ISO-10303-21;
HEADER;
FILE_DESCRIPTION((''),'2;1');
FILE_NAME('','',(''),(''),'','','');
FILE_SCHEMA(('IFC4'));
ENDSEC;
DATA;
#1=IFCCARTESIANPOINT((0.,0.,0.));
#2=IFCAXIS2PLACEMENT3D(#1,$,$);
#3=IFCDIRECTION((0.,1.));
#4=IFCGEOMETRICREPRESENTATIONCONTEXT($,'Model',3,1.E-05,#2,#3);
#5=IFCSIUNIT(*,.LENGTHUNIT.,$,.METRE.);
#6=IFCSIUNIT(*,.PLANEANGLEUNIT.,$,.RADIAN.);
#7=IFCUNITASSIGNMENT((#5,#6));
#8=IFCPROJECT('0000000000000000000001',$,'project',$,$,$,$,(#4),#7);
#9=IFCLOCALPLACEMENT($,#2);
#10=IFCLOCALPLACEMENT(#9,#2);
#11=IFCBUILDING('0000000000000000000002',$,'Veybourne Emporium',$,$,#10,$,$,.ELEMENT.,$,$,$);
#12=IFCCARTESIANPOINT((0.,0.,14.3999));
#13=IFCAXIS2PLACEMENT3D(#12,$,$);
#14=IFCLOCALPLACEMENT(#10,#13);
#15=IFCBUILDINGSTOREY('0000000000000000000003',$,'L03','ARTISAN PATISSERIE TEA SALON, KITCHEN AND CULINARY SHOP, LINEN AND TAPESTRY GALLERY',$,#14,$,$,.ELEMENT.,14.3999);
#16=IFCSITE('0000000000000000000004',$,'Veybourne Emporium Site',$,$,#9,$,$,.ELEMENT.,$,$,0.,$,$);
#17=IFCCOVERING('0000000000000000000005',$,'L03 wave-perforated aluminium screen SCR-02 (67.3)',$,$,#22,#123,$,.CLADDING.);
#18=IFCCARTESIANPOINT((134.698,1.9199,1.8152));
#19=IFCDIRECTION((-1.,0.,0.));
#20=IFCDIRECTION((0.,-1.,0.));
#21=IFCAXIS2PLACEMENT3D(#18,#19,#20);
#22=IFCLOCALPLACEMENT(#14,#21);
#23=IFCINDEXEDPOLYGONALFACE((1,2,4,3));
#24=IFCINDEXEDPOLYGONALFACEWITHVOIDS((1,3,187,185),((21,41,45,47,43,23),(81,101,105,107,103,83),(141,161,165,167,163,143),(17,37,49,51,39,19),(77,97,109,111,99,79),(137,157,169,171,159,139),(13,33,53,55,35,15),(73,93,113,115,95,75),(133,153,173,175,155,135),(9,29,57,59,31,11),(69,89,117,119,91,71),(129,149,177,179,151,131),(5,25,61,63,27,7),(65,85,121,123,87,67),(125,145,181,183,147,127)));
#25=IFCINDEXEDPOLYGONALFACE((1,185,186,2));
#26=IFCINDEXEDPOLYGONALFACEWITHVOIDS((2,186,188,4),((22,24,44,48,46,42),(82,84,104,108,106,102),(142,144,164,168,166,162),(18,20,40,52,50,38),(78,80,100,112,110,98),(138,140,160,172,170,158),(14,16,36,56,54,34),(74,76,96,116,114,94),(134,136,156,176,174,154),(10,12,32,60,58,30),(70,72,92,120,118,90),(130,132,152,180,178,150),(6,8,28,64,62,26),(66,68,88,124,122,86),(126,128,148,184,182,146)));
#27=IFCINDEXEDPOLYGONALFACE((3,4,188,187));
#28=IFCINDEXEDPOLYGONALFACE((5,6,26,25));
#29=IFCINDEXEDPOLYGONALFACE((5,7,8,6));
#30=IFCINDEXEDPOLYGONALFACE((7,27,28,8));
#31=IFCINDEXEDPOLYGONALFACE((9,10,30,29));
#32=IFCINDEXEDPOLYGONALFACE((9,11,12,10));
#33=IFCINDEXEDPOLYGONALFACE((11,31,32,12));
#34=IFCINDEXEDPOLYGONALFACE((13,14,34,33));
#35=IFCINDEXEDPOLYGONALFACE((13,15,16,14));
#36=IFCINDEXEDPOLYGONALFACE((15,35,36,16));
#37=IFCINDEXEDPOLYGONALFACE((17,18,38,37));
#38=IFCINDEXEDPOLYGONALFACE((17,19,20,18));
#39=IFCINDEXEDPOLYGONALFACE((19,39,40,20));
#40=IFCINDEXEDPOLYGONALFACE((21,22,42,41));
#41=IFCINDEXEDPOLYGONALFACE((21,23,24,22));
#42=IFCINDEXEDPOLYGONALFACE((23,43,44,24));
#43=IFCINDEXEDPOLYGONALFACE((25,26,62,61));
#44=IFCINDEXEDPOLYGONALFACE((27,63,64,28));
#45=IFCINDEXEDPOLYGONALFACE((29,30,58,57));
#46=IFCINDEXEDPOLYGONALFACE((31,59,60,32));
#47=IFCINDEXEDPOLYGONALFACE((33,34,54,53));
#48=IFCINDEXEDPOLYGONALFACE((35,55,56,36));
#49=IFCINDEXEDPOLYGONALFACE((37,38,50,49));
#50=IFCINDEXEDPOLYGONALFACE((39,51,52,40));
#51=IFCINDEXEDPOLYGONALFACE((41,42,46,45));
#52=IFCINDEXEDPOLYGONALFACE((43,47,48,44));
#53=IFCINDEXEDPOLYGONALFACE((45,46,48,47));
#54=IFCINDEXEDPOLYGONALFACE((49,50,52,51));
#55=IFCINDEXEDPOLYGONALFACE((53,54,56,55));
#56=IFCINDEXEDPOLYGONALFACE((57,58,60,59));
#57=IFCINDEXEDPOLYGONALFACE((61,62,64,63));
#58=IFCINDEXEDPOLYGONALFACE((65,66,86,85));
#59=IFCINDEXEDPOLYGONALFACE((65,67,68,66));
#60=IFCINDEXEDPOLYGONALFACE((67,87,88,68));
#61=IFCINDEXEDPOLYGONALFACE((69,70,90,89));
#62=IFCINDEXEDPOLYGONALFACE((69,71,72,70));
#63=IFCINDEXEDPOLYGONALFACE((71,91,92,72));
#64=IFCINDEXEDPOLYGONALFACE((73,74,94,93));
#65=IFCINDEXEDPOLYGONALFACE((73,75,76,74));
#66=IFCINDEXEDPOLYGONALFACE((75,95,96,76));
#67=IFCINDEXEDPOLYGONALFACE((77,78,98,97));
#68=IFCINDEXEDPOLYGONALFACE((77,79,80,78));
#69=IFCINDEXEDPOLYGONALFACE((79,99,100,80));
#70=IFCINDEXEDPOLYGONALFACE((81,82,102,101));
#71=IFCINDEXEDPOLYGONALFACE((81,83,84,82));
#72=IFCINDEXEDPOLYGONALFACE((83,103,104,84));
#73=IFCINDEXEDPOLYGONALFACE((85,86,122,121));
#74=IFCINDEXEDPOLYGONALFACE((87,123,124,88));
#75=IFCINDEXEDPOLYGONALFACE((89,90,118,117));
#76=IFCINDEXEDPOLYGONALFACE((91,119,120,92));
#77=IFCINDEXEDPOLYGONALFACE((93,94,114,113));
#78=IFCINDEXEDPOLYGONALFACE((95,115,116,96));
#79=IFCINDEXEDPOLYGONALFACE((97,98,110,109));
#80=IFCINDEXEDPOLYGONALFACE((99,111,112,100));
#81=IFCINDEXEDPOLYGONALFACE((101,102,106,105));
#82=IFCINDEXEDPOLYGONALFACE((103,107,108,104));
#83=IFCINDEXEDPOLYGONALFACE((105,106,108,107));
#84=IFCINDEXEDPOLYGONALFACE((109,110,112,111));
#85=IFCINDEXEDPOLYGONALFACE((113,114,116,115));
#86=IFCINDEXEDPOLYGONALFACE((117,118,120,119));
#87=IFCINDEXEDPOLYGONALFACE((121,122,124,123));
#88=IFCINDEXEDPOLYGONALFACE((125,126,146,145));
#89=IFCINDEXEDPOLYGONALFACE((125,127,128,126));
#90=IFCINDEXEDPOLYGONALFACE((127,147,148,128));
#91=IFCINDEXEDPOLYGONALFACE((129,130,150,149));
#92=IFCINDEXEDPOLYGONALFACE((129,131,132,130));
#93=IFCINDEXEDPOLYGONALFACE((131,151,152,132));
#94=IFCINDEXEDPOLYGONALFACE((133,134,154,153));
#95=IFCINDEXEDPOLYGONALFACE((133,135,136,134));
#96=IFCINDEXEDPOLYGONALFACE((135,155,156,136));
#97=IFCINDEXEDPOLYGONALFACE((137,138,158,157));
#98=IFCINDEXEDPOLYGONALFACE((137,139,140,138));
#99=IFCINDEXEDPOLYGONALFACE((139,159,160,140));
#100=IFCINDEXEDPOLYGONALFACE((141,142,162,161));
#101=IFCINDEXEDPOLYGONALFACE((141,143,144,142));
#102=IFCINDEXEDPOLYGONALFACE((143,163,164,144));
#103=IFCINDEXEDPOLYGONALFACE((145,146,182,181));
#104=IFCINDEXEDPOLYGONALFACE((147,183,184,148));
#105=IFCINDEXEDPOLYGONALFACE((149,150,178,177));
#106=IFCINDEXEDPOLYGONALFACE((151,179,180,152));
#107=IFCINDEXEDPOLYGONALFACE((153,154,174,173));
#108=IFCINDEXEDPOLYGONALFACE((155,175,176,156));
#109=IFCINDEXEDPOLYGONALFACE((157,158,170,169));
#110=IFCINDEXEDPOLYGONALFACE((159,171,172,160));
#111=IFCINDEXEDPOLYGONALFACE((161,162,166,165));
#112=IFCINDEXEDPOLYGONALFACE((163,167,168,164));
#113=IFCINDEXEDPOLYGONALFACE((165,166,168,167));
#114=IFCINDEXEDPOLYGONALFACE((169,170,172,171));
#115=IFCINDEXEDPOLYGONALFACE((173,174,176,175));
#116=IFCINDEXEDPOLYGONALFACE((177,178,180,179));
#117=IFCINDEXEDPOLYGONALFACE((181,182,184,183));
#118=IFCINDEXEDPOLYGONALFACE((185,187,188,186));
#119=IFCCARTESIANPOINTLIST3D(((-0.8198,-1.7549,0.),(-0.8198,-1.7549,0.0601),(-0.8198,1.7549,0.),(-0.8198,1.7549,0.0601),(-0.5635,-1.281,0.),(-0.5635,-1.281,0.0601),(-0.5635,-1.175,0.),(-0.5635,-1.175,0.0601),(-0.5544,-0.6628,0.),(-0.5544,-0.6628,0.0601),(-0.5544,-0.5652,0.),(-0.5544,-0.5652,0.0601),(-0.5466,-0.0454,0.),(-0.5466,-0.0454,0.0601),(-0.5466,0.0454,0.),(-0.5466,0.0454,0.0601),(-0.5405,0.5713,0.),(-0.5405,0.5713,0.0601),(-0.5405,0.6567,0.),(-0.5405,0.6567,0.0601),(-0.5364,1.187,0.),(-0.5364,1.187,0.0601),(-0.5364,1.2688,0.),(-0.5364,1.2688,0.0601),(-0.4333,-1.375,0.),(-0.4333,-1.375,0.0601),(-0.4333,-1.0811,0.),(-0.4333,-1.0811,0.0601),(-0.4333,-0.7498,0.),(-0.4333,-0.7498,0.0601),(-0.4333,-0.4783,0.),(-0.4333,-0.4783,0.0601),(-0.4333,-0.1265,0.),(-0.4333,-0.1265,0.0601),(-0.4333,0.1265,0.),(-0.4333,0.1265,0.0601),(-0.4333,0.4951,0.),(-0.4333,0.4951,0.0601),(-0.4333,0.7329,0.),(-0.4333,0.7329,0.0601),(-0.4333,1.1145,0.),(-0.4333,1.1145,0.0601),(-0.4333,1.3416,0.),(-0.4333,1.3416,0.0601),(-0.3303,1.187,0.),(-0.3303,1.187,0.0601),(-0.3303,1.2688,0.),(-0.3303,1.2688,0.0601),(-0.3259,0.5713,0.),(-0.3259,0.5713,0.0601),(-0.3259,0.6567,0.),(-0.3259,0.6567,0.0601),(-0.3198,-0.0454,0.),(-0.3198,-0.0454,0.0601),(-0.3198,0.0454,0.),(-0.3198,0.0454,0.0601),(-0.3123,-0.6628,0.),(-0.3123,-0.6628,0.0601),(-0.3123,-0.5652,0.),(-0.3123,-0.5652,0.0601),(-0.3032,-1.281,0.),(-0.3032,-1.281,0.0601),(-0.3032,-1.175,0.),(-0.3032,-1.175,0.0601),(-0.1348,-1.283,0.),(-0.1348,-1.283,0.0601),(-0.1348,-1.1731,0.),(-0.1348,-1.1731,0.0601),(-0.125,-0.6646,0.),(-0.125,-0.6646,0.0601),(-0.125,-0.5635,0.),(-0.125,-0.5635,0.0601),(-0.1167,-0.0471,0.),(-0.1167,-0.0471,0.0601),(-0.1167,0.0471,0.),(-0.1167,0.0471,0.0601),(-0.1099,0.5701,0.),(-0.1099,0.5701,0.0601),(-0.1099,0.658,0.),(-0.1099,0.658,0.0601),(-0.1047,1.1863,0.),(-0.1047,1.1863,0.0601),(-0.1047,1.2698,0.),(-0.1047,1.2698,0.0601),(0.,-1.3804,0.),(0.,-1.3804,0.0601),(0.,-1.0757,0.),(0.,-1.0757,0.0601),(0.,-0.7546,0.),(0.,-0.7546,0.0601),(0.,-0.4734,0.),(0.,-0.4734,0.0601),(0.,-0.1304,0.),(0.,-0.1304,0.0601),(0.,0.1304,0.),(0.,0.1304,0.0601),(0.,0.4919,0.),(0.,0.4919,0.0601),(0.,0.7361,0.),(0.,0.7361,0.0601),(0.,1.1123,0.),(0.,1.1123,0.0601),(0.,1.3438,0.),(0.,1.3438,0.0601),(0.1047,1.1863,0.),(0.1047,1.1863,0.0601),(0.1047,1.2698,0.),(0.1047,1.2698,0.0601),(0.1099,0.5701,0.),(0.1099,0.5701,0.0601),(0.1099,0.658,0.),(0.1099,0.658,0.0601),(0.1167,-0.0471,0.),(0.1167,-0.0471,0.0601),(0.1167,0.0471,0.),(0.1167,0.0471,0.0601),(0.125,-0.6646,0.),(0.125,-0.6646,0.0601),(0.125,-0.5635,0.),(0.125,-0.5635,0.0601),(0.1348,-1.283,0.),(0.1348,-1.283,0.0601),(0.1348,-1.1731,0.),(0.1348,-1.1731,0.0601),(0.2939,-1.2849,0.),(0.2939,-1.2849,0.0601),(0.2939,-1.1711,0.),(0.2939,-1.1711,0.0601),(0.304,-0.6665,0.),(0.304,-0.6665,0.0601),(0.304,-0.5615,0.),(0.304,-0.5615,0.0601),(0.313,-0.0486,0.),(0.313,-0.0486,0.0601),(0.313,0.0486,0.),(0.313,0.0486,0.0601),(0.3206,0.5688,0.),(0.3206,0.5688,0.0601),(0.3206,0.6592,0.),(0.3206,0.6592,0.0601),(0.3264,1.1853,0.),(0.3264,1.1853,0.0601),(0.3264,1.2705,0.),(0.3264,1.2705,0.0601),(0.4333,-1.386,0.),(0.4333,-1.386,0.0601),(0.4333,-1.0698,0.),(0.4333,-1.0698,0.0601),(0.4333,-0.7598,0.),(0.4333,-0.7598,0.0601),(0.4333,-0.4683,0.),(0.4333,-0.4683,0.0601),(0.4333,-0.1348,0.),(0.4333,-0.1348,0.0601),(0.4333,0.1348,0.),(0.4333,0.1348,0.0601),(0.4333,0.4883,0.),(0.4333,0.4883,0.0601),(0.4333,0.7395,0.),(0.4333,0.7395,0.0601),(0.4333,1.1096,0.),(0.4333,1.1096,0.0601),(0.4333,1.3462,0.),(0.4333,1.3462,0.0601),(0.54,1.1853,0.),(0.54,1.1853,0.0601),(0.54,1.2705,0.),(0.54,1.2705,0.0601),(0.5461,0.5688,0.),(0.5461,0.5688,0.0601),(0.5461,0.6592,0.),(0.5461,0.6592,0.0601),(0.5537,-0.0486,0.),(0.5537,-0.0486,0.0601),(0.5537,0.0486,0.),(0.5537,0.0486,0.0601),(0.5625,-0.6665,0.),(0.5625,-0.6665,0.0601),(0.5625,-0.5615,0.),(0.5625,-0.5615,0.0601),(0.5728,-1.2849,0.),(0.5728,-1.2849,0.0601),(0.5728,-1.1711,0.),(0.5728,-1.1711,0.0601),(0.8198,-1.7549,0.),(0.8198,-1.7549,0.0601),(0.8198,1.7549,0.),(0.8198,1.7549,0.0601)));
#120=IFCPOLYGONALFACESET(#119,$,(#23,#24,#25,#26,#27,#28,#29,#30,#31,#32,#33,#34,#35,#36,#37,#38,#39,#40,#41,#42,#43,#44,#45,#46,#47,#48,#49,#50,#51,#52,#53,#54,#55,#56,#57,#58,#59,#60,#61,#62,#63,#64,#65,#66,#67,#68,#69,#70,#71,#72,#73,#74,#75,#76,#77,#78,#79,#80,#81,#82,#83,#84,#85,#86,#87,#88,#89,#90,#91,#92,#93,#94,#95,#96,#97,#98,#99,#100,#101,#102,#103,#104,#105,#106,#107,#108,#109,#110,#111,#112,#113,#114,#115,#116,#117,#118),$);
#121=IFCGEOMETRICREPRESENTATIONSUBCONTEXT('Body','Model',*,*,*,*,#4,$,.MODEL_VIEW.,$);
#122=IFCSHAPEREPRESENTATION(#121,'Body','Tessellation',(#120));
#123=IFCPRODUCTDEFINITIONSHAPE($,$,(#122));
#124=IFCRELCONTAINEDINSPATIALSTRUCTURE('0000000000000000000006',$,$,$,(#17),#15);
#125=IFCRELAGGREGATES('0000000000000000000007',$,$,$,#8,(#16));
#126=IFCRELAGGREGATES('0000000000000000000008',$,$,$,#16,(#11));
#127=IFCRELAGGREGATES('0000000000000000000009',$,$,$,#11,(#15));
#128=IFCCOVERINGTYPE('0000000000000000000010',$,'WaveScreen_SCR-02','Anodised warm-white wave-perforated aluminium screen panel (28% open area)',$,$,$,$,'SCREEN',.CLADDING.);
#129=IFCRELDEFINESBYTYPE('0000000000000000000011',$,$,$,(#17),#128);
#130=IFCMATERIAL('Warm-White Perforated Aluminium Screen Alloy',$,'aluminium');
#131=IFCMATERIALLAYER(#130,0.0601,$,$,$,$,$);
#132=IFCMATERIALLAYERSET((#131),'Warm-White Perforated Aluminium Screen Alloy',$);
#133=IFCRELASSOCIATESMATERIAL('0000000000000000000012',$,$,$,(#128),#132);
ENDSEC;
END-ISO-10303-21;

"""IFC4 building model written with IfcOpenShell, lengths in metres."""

from ifc_helpers import new_model, si_unit, direction, frame, origin, place, context, subcontext, project, spatial, polyline, outline, extrude, material, layer, layer_set, type_object, element, save


model = new_model("IFC4")

# Units and contexts
model_context = context("Model", 3, precision=1e-05, world=origin(), true_north=direction((0.0, 1.0)))
body_context = subcontext(model_context, "Body", "Model", "MODEL_VIEW")
ifc_project = project(units=[si_unit("LENGTHUNIT", "METRE"), si_unit("PLANEANGLEUNIT", "RADIAN")], contexts=[model_context])

# Site, building, storey
site_placement = place(None, origin())
site = spatial("IfcSite", under=ifc_project, at=site_placement, Name="Veybourne Emporium Site", CompositionType="ELEMENT", RefElevation=0.0)
building_placement = place(site_placement, origin())
building = spatial("IfcBuilding", under=site, at=building_placement, Name="Veybourne Emporium", CompositionType="ELEMENT")
storey_placement = place(building_placement, frame((0.0, 0.0, 14.3999)))
storey = spatial("IfcBuildingStorey", under=building, at=storey_placement, Name="L03", Description="ARTISAN PATISSERIE TEA SALON, KITCHEN AND CULINARY SHOP, LINEN AND TAPESTRY GALLERY", CompositionType="ELEMENT", Elevation=14.3999)

# Covering
ifc_material_1 = material(Name="Warm-White Perforated Aluminium Screen Alloy", Category="aluminium")
ifc_layer_1 = layer(ifc_material_1, 0.0601)
ifc_layer_set_1 = layer_set([ifc_layer_1], Name="Warm-White Perforated Aluminium Screen Alloy")
covering_type_1 = type_object("IfcCoveringType", Name="WaveScreen_SCR-02", Description="Anodised warm-white wave-perforated aluminium screen panel (28% open area)", ElementType="SCREEN", PredefinedType="CLADDING", material=ifc_layer_set_1)
covering_1_placement = place(storey_placement, frame((134.698, 1.9199, 1.8152), z_axis=(-1.0, 0.0, 0.0), x_axis=(0.0, -1.0, 0.0)))
element("IfcCovering", 1, at=covering_1_placement, inside=storey, type_object=covering_type_1, Name="L03 wave-perforated aluminium screen SCR-02 (67.3)", PredefinedType="CLADDING", context=body_context, shape_type="SweptSolid", body=[
    extrude(outline(polyline([(-0.8198, -1.7549), (0.8198, -1.7549), (0.8198, 1.7549), (-0.8198, 1.7549), (-0.8198, -1.7549)]), holes=[polyline([(-0.4333, -1.0811), (-0.3032, -1.175), (-0.3032, -1.281), (-0.4333, -1.375), (-0.5635, -1.281), (-0.5635, -1.175), (-0.4333, -1.0811)]), polyline([(-0.4333, -0.4783), (-0.3123, -0.5652), (-0.3123, -0.6628), (-0.4333, -0.7498), (-0.5544, -0.6628), (-0.5544, -0.5652), (-0.4333, -0.4783)]), polyline([(-0.4333, 0.1265), (-0.3198, 0.0454), (-0.3198, -0.0454), (-0.4333, -0.1265), (-0.5466, -0.0454), (-0.5466, 0.0454), (-0.4333, 0.1265)]), polyline([(-0.4333, 0.7329), (-0.3259, 0.6567), (-0.3259, 0.5713), (-0.4333, 0.4951), (-0.5405, 0.5713), (-0.5405, 0.6567), (-0.4333, 0.7329)]), polyline([(-0.4333, 1.3416), (-0.3303, 1.2688), (-0.3303, 1.187), (-0.4333, 1.1145), (-0.5364, 1.187), (-0.5364, 1.2688), (-0.4333, 1.3416)]), polyline([(0.0, -1.0757), (0.1348, -1.1731), (0.1348, -1.283), (0.0, -1.3804), (-0.1348, -1.283), (-0.1348, -1.1731), (0.0, -1.0757)]), polyline([(0.0, -0.4734), (0.125, -0.5635), (0.125, -0.6646), (0.0, -0.7546), (-0.125, -0.6646), (-0.125, -0.5635), (0.0, -0.4734)]), polyline([(0.0, 0.1304), (0.1167, 0.0471), (0.1167, -0.0471), (0.0, -0.1304), (-0.1167, -0.0471), (-0.1167, 0.0471), (0.0, 0.1304)]), polyline([(0.0, 0.7361), (0.1099, 0.658), (0.1099, 0.5701), (0.0, 0.4919), (-0.1099, 0.5701), (-0.1099, 0.658), (0.0, 0.7361)]), polyline([(0.0, 1.3438), (0.1047, 1.2698), (0.1047, 1.1863), (0.0, 1.1123), (-0.1047, 1.1863), (-0.1047, 1.2698), (0.0, 1.3438)]), polyline([(0.4333, -1.0698), (0.5728, -1.1711), (0.5728, -1.2849), (0.4333, -1.386), (0.2939, -1.2849), (0.2939, -1.1711), (0.4333, -1.0698)]), polyline([(0.4333, -0.4683), (0.5625, -0.5615), (0.5625, -0.6665), (0.4333, -0.7598), (0.304, -0.6665), (0.304, -0.5615), (0.4333, -0.4683)]), polyline([(0.4333, 0.1348), (0.5537, 0.0486), (0.5537, -0.0486), (0.4333, -0.1348), (0.313, -0.0486), (0.313, 0.0486), (0.4333, 0.1348)]), polyline([(0.4333, 0.7395), (0.5461, 0.6592), (0.5461, 0.5688), (0.4333, 0.4883), (0.3206, 0.5688), (0.3206, 0.6592), (0.4333, 0.7395)]), polyline([(0.4333, 1.3462), (0.54, 1.2705), (0.54, 1.1853), (0.4333, 1.1096), (0.3264, 1.1853), (0.3264, 1.2705), (0.4333, 1.3462)])]), origin(), (0.0, 0.0, 1.0), 0.0601),
])

save(model, "model.ifc")
